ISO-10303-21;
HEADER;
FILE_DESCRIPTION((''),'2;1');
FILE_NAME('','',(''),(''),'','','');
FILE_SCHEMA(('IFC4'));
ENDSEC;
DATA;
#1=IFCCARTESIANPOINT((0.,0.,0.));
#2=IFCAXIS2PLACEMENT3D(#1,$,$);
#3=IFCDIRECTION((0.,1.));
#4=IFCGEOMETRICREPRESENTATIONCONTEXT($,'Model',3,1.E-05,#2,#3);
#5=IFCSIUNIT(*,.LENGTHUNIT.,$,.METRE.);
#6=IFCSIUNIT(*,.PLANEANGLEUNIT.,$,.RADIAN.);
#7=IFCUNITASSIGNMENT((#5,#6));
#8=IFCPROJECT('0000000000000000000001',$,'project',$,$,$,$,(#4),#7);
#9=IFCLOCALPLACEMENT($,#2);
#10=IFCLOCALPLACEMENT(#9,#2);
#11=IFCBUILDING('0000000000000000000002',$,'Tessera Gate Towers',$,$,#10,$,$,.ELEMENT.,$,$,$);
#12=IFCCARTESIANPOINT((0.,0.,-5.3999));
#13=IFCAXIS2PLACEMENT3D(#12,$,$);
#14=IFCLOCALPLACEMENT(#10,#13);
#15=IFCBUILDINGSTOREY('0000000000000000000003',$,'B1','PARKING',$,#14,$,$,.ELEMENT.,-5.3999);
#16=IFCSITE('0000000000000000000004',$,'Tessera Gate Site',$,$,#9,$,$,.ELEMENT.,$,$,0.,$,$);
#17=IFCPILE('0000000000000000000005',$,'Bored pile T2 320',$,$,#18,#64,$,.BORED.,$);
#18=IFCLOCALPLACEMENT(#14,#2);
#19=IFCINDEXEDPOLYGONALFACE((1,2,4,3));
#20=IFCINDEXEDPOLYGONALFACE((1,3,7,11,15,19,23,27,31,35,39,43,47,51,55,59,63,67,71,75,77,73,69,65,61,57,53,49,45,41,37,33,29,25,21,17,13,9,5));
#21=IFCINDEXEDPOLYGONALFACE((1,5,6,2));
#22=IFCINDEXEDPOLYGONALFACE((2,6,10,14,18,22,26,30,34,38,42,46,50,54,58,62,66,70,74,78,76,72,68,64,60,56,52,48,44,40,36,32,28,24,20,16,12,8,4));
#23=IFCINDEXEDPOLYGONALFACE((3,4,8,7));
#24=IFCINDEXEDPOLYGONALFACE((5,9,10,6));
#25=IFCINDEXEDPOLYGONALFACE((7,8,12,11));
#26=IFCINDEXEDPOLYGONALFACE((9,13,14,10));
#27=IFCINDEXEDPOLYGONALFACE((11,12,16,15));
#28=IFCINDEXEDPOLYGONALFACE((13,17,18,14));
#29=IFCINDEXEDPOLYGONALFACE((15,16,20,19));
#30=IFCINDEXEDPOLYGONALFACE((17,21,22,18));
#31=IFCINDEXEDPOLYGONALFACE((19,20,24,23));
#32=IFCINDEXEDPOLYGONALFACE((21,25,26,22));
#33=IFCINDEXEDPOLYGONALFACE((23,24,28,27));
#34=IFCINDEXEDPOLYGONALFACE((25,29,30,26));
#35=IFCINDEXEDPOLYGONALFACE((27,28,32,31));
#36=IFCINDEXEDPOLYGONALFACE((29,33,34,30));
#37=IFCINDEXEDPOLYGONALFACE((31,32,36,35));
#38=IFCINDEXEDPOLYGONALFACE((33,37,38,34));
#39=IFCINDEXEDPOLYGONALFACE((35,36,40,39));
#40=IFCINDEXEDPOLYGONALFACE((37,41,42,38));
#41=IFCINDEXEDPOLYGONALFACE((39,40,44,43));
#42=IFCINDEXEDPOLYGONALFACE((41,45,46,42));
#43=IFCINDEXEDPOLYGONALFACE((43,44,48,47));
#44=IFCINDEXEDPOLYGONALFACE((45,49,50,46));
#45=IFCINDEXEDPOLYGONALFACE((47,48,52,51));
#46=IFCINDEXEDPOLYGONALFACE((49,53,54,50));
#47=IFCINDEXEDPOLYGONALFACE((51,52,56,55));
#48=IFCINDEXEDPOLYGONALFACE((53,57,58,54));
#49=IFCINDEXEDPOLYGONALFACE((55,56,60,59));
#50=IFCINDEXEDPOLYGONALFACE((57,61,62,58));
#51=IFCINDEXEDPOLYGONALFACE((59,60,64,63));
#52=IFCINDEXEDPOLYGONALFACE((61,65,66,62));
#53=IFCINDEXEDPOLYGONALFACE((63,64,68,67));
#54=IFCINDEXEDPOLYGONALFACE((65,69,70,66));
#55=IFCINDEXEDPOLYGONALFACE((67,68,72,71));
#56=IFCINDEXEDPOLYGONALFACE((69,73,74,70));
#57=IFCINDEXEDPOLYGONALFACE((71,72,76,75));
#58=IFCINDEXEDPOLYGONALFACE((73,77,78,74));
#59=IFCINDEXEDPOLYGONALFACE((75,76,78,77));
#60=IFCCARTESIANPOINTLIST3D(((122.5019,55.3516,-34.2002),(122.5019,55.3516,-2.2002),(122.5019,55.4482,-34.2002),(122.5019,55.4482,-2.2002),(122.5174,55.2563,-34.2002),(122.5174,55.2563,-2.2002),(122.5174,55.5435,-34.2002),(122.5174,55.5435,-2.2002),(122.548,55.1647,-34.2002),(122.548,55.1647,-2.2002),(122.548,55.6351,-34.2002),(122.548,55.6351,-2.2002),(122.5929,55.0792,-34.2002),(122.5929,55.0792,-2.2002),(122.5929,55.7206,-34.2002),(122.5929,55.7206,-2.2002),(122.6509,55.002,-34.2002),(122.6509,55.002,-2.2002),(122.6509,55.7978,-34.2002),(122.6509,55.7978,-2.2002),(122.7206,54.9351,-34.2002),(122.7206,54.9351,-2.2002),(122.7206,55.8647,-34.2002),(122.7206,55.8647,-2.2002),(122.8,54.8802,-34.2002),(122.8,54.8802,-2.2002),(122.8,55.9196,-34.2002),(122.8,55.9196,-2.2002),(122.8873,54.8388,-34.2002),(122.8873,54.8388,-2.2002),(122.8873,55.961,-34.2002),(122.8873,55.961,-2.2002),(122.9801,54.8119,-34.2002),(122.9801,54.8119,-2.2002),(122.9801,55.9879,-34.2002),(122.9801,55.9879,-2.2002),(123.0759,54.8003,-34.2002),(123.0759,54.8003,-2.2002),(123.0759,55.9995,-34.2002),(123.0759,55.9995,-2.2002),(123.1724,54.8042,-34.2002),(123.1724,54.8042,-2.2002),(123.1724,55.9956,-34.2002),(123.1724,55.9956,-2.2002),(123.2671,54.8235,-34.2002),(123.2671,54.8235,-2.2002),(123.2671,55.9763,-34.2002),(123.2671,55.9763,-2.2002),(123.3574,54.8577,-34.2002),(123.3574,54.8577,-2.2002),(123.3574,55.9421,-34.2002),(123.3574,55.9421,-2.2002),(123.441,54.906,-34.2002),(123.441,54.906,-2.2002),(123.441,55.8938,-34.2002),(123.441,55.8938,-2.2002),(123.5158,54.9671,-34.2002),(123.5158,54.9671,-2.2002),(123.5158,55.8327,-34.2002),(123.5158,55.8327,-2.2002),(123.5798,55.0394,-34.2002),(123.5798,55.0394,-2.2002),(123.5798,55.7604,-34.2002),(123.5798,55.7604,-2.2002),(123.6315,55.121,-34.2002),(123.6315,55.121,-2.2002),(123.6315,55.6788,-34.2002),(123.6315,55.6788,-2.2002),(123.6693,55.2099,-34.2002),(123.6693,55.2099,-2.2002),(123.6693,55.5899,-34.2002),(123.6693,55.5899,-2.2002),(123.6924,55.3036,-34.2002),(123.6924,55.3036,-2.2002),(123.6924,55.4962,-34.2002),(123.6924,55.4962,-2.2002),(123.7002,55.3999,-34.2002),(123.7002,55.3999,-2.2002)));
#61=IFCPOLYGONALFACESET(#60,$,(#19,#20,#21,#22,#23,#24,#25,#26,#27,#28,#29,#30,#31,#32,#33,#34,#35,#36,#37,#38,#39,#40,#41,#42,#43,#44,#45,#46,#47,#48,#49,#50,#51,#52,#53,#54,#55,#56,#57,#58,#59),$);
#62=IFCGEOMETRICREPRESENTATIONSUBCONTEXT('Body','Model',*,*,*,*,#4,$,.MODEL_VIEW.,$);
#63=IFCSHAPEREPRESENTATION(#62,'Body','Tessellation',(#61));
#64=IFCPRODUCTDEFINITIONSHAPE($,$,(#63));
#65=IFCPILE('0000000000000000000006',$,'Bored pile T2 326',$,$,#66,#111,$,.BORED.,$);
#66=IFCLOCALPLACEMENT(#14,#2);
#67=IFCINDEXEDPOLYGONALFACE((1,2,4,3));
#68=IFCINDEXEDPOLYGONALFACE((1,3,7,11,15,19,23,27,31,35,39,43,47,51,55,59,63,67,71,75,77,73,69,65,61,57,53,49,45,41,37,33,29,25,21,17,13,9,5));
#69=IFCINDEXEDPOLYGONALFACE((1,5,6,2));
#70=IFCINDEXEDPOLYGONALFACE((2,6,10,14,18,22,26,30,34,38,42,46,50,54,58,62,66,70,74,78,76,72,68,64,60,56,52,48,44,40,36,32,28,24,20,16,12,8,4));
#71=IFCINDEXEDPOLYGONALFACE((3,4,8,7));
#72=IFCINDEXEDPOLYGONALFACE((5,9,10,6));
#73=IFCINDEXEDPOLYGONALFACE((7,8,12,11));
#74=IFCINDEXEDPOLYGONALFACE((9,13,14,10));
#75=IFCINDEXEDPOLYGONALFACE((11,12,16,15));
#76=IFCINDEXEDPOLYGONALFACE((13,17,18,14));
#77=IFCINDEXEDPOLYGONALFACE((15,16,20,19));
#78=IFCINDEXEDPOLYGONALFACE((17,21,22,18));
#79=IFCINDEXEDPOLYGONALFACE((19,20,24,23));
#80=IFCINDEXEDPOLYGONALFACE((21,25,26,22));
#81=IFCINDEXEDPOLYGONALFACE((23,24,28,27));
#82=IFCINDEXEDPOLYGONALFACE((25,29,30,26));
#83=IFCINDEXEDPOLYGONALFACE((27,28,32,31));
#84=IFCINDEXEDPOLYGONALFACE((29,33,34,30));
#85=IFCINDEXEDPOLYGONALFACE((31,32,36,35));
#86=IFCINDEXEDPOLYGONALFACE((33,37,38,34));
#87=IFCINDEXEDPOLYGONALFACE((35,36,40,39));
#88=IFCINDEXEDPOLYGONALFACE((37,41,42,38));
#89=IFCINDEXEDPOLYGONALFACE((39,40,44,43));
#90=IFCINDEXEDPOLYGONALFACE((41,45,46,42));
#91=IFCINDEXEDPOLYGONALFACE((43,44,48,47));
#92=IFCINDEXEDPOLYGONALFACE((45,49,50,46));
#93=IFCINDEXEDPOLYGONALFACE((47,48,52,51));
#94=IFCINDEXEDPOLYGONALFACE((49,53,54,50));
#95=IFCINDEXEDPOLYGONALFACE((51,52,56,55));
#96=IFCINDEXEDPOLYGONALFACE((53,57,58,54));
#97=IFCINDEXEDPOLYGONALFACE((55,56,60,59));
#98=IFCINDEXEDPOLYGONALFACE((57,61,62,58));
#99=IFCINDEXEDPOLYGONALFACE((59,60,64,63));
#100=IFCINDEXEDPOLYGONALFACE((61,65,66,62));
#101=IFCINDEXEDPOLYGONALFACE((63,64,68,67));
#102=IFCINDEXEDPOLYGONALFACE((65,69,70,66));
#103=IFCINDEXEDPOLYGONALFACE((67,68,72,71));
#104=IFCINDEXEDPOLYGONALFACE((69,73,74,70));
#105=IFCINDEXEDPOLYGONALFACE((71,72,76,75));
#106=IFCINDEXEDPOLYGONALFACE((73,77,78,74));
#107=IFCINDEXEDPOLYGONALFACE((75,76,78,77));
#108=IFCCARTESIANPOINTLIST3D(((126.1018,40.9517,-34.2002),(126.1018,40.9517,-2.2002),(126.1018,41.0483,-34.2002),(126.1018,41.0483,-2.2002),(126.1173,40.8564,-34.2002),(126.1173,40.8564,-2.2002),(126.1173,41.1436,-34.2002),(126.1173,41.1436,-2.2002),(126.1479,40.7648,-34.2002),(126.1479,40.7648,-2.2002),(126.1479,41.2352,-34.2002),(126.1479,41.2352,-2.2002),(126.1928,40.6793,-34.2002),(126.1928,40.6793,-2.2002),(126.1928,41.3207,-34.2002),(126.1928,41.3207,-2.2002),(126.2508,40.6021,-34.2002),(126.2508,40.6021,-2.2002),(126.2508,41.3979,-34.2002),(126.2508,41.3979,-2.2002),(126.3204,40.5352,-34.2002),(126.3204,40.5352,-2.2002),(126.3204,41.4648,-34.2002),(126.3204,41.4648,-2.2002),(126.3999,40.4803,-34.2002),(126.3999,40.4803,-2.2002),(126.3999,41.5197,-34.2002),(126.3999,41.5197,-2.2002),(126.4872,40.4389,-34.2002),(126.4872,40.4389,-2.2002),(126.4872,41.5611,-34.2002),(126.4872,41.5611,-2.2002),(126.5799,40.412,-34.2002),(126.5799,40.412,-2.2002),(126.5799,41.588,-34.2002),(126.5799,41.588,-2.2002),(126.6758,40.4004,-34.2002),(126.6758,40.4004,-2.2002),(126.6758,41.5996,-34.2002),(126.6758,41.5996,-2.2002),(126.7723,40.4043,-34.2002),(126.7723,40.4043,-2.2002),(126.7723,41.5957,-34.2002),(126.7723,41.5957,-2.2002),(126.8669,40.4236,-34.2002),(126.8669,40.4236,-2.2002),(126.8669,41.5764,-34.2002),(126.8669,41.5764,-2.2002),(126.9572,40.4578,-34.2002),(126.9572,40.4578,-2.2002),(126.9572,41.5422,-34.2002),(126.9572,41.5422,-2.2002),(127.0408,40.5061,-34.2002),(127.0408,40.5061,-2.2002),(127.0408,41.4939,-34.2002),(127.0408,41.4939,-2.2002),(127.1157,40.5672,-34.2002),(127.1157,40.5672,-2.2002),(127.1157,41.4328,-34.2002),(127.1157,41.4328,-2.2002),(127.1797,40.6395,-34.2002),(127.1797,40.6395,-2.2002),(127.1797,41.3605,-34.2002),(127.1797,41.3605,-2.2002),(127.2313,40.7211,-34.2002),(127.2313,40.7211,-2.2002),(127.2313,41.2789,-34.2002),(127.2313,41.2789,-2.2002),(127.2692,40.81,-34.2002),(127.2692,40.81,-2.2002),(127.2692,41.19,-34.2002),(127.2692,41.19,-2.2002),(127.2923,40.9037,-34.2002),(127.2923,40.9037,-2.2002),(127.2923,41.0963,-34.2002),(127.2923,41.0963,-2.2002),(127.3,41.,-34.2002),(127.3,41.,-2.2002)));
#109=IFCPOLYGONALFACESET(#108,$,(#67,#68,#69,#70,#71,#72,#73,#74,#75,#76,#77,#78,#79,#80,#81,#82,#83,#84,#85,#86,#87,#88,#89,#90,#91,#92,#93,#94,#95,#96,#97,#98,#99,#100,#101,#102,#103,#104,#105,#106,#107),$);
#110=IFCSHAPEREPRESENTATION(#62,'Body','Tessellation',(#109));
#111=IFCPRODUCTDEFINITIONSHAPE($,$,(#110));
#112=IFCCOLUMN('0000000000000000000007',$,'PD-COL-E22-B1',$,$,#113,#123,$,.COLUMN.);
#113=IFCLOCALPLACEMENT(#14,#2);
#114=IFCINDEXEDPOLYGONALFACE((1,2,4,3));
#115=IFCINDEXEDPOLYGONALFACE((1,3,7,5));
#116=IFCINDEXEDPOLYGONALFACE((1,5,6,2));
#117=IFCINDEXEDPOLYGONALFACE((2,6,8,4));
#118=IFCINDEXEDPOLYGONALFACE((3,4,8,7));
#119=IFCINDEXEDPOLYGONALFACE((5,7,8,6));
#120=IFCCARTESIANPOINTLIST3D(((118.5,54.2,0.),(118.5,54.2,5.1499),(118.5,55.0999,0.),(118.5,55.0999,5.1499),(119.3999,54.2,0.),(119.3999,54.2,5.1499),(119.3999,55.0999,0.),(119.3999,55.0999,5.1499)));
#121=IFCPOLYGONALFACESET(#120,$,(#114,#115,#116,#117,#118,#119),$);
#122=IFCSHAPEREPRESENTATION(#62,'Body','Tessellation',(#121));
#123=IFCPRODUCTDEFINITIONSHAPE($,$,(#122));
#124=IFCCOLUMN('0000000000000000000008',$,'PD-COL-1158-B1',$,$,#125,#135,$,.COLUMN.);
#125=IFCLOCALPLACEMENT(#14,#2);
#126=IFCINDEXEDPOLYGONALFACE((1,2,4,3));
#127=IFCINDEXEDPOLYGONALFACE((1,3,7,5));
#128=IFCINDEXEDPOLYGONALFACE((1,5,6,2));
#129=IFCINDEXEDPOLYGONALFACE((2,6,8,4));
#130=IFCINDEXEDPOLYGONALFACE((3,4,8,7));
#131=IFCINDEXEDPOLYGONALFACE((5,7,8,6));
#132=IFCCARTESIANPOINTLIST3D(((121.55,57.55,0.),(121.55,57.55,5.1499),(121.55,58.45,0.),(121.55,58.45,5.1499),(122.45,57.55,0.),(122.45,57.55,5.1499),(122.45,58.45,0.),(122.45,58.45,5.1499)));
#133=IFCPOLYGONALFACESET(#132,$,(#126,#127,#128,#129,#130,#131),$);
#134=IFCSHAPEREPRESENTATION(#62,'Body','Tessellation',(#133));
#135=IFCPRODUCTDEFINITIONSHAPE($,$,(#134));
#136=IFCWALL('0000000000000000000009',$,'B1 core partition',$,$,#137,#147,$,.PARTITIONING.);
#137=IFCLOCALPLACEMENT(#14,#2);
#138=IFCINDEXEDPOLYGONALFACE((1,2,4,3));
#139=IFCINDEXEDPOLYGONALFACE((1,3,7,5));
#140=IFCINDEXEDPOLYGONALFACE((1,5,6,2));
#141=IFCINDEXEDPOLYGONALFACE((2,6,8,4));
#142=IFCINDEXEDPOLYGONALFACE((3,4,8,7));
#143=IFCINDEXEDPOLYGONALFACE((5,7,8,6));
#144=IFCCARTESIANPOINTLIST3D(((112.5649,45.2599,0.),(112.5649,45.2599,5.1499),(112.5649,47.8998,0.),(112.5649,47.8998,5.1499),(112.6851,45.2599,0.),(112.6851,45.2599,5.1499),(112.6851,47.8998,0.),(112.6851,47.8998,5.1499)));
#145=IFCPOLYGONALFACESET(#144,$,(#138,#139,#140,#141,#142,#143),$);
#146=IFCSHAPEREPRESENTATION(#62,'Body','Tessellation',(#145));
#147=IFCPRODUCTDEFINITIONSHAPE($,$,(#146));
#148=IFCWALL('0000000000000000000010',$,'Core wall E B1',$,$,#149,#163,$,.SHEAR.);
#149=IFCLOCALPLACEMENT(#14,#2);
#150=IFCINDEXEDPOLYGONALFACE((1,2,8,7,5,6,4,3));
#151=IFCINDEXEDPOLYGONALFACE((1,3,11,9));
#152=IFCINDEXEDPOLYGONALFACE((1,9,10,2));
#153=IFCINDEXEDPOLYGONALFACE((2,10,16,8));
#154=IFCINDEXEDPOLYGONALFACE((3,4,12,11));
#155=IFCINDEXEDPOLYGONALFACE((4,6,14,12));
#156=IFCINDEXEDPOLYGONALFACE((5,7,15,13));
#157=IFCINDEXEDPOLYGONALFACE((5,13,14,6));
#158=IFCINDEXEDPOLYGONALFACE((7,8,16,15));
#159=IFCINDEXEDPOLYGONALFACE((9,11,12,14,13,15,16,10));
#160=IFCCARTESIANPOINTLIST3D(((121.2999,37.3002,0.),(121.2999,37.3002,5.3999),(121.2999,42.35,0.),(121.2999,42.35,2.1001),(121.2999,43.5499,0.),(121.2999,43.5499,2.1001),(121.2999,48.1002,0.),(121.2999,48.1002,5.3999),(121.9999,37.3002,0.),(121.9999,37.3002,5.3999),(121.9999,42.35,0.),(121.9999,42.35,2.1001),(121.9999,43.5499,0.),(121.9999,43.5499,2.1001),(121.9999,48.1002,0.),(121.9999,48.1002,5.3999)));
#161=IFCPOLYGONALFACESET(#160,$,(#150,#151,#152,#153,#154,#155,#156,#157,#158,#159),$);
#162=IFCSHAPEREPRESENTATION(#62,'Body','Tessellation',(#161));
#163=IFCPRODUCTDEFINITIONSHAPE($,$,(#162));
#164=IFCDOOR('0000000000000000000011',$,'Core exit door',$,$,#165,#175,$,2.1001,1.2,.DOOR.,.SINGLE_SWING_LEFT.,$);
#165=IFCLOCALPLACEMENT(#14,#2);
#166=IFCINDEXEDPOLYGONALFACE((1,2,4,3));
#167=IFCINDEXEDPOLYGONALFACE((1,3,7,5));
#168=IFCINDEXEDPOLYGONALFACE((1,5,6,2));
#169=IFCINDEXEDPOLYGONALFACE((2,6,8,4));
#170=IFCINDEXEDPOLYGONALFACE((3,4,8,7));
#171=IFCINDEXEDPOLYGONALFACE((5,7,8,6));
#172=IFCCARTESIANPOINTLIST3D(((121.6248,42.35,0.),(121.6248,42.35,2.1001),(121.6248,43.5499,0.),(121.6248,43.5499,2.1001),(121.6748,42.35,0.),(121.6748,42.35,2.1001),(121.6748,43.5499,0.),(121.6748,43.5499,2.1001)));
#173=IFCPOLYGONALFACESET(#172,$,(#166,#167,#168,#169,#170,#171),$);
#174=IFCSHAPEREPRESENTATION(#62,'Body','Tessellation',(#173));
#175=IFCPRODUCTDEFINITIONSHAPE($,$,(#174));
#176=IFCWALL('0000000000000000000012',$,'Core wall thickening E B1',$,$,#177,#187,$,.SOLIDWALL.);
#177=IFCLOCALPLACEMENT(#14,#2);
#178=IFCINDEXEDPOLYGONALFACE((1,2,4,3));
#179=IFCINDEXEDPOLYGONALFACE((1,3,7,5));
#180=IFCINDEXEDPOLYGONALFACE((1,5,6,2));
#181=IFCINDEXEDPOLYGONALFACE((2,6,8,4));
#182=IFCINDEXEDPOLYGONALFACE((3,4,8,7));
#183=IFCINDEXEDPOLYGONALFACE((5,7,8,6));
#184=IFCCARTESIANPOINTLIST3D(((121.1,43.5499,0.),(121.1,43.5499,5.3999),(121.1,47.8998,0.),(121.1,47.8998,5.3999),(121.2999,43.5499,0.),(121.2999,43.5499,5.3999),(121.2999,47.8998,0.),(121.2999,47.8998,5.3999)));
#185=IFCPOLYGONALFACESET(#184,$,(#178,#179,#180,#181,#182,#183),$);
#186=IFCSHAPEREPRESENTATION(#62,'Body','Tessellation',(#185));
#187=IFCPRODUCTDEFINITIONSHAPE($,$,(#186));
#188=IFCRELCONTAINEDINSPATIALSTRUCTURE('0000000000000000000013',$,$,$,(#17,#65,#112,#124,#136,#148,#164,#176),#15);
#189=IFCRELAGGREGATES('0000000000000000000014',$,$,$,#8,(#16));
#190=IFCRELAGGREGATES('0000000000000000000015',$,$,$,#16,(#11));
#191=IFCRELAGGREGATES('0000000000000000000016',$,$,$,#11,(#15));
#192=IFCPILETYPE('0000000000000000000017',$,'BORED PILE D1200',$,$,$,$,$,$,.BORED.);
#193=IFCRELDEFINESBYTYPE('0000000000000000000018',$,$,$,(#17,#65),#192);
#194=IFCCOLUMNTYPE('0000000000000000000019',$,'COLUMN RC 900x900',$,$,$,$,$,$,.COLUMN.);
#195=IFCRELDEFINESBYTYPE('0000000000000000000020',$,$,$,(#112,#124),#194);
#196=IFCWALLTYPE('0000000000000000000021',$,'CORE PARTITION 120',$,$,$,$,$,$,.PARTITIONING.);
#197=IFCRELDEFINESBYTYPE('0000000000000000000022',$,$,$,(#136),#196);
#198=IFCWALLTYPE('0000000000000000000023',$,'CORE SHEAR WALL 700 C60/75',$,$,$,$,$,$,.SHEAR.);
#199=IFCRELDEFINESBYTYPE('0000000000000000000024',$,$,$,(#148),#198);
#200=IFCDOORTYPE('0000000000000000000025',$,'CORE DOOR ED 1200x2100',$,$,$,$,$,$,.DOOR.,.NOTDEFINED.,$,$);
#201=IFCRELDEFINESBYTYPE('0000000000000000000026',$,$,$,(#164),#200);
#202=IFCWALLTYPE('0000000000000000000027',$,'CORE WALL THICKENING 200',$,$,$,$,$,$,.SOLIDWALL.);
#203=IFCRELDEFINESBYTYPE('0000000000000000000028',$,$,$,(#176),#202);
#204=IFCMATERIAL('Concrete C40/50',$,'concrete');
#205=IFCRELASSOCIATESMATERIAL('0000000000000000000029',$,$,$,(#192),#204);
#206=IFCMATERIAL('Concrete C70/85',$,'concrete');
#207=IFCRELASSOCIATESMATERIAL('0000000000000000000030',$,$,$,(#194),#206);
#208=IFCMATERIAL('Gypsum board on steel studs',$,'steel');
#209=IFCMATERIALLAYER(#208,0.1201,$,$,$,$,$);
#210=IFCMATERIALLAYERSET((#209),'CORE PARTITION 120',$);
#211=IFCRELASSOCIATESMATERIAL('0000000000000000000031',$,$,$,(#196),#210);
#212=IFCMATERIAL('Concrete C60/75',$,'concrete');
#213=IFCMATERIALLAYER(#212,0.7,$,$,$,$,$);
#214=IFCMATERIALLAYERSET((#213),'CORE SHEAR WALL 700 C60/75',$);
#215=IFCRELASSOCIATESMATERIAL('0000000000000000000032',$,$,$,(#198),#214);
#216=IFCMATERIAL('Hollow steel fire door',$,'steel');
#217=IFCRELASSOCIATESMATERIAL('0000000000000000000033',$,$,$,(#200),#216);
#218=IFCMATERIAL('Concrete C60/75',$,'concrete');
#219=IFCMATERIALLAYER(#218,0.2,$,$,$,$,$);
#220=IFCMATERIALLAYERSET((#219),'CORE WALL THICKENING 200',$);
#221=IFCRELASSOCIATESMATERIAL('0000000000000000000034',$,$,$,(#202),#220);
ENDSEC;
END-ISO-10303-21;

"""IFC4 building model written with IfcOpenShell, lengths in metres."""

from ifc_helpers import new_model, si_unit, direction, frame, frame_2d, origin, origin_2d, place, context, subcontext, project, spatial, rectangle, circle, extrude, source, transform, mapped, material, layer, layer_set, material_profile, profile_set, type_object, element, fill, save


model = new_model("IFC4")

# Units and contexts
model_context = context("Model", 3, precision=1e-05, world=origin(), true_north=direction((0.0, 1.0)))
body_context = subcontext(model_context, "Body", "Model", "MODEL_VIEW")
ifc_project = project(units=[si_unit("LENGTHUNIT", "METRE"), si_unit("PLANEANGLEUNIT", "RADIAN")], contexts=[model_context])

# Site, building, storey
site_placement = place(None, origin())
site = spatial("IfcSite", under=ifc_project, at=site_placement, Name="Tessera Gate Site", CompositionType="ELEMENT", RefElevation=0.0)
building_placement = place(site_placement, origin())
building = spatial("IfcBuilding", under=site, at=building_placement, Name="Tessera Gate Towers", CompositionType="ELEMENT")
storey_placement = place(building_placement, frame((0.0, 0.0, -5.3999)))
storey = spatial("IfcBuildingStorey", under=building, at=storey_placement, Name="B1", Description="PARKING", CompositionType="ELEMENT", Elevation=-5.3999)

# Piles
ifc_material_1 = material(Name="Concrete C40/50", Category="concrete")
ifc_material_profile_1 = material_profile(ifc_material_1, circle(Radius=0.6001, at=origin_2d()), Name="BORED PILE D1200")
ifc_profile_set_1 = profile_set([ifc_material_profile_1], Name="Concrete C40/50")
pile_type = type_object("IfcPileType", Name="BORED PILE D1200", PredefinedType="BORED", material=ifc_profile_set_1)
for number, where, z_axis, x_axis, name in (
    (1, (123.1001, 55.3999, -2.2002), (0.0, 0.0, -1.0), (1.0, 0.0, 0.0), "Bored pile T2 320"),
    (2, (126.7, 41.0, -2.2002), (0.0, 0.0, -1.0), (1.0, 0.0, 0.0), "Bored pile T2 326"),
):
    element("IfcPile", number, at=place(storey_placement, frame(where, z_axis=z_axis, x_axis=x_axis)), inside=storey, type_object=pile_type, Name=name, PredefinedType="BORED", context=body_context, shape_type="SweptSolid", body=[
        extrude(circle(Radius=0.6001, at=origin_2d()), origin(), (0.0, 0.0, 1.0), 32.0),
    ])

# Columns
ifc_material_2 = material(Name="Concrete C70/85", Category="concrete")
ifc_material_profile_2 = material_profile(ifc_material_2, rectangle(XDim=0.8999, YDim=0.8999, at=origin_2d()), Name="RC 900x900")
ifc_profile_set_2 = profile_set([ifc_material_profile_2], Name="Concrete C70/85")
column_type = type_object("IfcColumnType", Name="COLUMN RC 900x900", PredefinedType="COLUMN", material=ifc_profile_set_2)
for number, where, z_axis, x_axis, name in (
    (3, (118.95, 54.6499, 0.0), (0.0, 0.0, 1.0), (1.0, 0.0, 0.0), "PD-COL-E22-B1"),
    (4, (122.0, 58.0, 0.0), (0.0, 0.0, 1.0), (1.0, 0.0, 0.0), "PD-COL-1158-B1"),
):
    element("IfcColumn", number, at=place(storey_placement, frame(where, z_axis=z_axis, x_axis=x_axis)), inside=storey, type_object=column_type, Name=name, PredefinedType="COLUMN", context=body_context, shape_type="SweptSolid", body=[
        extrude(rectangle(XDim=0.8999, YDim=0.8999, at=origin_2d()), origin(), (0.0, 0.0, 1.0), 5.1499),
    ])

# Wall
ifc_material_3 = material(Name="Gypsum board on steel studs", Category="steel")
ifc_layer_1 = layer(ifc_material_3, 0.1201)
ifc_layer_set_1 = layer_set([ifc_layer_1], Name="CORE PARTITION 120")
wall_type_1 = type_object("IfcWallType", Name="CORE PARTITION 120", PredefinedType="PARTITIONING", material=ifc_layer_set_1)
wall_1_placement = place(storey_placement, frame((112.625, 45.26, 0.0), z_axis=(0.0, 0.0, 1.0), x_axis=(0.0, 1.0, 0.0)))
element("IfcWall", 5, at=wall_1_placement, inside=storey, type_object=wall_type_1, Name="B1 core partition", PredefinedType="PARTITIONING", context=body_context, shape_type="SweptSolid", body=[
    extrude(rectangle(XDim=2.6399, YDim=0.1201, at=frame_2d((1.3198, 0.0))), origin(), (0.0, 0.0, 1.0), 5.1499),
])

# Wall, opening, door
ifc_material_4 = material(Name="Concrete C60/75", Category="concrete")
ifc_layer_2 = layer(ifc_material_4, 0.7)
ifc_layer_set_2 = layer_set([ifc_layer_2], Name="CORE SHEAR WALL 700 C60/75")
wall_type_2 = type_object("IfcWallType", Name="CORE SHEAR WALL 700 C60/75", PredefinedType="SHEAR", material=ifc_layer_set_2)
wall_2_placement = place(storey_placement, frame((121.6499, 48.1001, 0.0), z_axis=(0.0, 0.0, 1.0), x_axis=(0.0, -1.0, 0.0)))
wall_2 = element("IfcWall", 6, at=wall_2_placement, inside=storey, type_object=wall_type_2, Name="Core wall E B1", PredefinedType="SHEAR", context=body_context, shape_type="SweptSolid", body=[
    extrude(rectangle(XDim=10.8, YDim=0.7, at=frame_2d((5.3999, 0.0))), origin(), (0.0, 0.0, 1.0), 5.3999),
])
shared_shape_1 = source(origin(), body_context, "Body", "SweptSolid", [
    extrude(rectangle(XDim=1.2, YDim=2.1001, at=frame_2d((0.6001, 1.05))), frame((0.0, 0.3599, 0.0), z_axis=(0.0, -1.0, 0.0), x_axis=(1.0, 0.0, 0.0)), (0.0, 0.0, 1.0), 0.72),
])
opening_placement = place(wall_2_placement, frame((4.55, 0.0, 0.0)))
opening = element("IfcOpeningElement", 7, at=opening_placement, cuts=wall_2, PredefinedType="OPENING", context=body_context, shape_type="MappedRepresentation", body=[
    mapped(shared_shape_1, transform((0.0, 0.0, 0.0), scale=1.0)),
])
ifc_material_5 = material(Name="Hollow steel fire door", Category="steel")
door_type = type_object("IfcDoorType", Name="CORE DOOR ED 1200x2100", OperationType="NOTDEFINED", PredefinedType="DOOR", material=ifc_material_5)
shared_shape_2 = source(origin(), body_context, "Body", "SweptSolid", [
    extrude(rectangle(XDim=1.2, YDim=2.1001, at=frame_2d((0.6001, 1.05))), frame((0.0, 0.0249, 0.0), z_axis=(0.0, -1.0, 0.0), x_axis=(1.0, 0.0, 0.0)), (0.0, 0.0, 1.0), 0.05),
])
door_placement = place(opening_placement, origin())
door = element("IfcDoor", 8, at=door_placement, inside=storey, type_object=door_type, Name="Core exit door", OperationType="SINGLE_SWING_LEFT", OverallHeight=2.1001, OverallWidth=1.2, PredefinedType="DOOR", context=body_context, shape_type="MappedRepresentation", body=[
    mapped(shared_shape_2, transform((0.0, 0.0, 0.0), scale=1.0)),
])
fill(opening, door)

# Wall
ifc_material_6 = material(Name="Concrete C60/75", Category="concrete")
ifc_layer_3 = layer(ifc_material_6, 0.2)
ifc_layer_set_3 = layer_set([ifc_layer_3], Name="CORE WALL THICKENING 200")
wall_type_3 = type_object("IfcWallType", Name="CORE WALL THICKENING 200", PredefinedType="SOLIDWALL", material=ifc_layer_set_3)
wall_3_placement = place(storey_placement, frame((121.2, 43.55, 0.0), z_axis=(0.0, 0.0, 1.0), x_axis=(0.0, 1.0, 0.0)))
element("IfcWall", 9, at=wall_3_placement, inside=storey, type_object=wall_type_3, Name="Core wall thickening E B1", PredefinedType="SOLIDWALL", context=body_context, shape_type="SweptSolid", body=[
    extrude(rectangle(XDim=4.3499, YDim=0.2, at=frame_2d((2.1748, 0.0))), origin(), (0.0, 0.0, 1.0), 5.3999),
])

save(model, "model.ifc")
